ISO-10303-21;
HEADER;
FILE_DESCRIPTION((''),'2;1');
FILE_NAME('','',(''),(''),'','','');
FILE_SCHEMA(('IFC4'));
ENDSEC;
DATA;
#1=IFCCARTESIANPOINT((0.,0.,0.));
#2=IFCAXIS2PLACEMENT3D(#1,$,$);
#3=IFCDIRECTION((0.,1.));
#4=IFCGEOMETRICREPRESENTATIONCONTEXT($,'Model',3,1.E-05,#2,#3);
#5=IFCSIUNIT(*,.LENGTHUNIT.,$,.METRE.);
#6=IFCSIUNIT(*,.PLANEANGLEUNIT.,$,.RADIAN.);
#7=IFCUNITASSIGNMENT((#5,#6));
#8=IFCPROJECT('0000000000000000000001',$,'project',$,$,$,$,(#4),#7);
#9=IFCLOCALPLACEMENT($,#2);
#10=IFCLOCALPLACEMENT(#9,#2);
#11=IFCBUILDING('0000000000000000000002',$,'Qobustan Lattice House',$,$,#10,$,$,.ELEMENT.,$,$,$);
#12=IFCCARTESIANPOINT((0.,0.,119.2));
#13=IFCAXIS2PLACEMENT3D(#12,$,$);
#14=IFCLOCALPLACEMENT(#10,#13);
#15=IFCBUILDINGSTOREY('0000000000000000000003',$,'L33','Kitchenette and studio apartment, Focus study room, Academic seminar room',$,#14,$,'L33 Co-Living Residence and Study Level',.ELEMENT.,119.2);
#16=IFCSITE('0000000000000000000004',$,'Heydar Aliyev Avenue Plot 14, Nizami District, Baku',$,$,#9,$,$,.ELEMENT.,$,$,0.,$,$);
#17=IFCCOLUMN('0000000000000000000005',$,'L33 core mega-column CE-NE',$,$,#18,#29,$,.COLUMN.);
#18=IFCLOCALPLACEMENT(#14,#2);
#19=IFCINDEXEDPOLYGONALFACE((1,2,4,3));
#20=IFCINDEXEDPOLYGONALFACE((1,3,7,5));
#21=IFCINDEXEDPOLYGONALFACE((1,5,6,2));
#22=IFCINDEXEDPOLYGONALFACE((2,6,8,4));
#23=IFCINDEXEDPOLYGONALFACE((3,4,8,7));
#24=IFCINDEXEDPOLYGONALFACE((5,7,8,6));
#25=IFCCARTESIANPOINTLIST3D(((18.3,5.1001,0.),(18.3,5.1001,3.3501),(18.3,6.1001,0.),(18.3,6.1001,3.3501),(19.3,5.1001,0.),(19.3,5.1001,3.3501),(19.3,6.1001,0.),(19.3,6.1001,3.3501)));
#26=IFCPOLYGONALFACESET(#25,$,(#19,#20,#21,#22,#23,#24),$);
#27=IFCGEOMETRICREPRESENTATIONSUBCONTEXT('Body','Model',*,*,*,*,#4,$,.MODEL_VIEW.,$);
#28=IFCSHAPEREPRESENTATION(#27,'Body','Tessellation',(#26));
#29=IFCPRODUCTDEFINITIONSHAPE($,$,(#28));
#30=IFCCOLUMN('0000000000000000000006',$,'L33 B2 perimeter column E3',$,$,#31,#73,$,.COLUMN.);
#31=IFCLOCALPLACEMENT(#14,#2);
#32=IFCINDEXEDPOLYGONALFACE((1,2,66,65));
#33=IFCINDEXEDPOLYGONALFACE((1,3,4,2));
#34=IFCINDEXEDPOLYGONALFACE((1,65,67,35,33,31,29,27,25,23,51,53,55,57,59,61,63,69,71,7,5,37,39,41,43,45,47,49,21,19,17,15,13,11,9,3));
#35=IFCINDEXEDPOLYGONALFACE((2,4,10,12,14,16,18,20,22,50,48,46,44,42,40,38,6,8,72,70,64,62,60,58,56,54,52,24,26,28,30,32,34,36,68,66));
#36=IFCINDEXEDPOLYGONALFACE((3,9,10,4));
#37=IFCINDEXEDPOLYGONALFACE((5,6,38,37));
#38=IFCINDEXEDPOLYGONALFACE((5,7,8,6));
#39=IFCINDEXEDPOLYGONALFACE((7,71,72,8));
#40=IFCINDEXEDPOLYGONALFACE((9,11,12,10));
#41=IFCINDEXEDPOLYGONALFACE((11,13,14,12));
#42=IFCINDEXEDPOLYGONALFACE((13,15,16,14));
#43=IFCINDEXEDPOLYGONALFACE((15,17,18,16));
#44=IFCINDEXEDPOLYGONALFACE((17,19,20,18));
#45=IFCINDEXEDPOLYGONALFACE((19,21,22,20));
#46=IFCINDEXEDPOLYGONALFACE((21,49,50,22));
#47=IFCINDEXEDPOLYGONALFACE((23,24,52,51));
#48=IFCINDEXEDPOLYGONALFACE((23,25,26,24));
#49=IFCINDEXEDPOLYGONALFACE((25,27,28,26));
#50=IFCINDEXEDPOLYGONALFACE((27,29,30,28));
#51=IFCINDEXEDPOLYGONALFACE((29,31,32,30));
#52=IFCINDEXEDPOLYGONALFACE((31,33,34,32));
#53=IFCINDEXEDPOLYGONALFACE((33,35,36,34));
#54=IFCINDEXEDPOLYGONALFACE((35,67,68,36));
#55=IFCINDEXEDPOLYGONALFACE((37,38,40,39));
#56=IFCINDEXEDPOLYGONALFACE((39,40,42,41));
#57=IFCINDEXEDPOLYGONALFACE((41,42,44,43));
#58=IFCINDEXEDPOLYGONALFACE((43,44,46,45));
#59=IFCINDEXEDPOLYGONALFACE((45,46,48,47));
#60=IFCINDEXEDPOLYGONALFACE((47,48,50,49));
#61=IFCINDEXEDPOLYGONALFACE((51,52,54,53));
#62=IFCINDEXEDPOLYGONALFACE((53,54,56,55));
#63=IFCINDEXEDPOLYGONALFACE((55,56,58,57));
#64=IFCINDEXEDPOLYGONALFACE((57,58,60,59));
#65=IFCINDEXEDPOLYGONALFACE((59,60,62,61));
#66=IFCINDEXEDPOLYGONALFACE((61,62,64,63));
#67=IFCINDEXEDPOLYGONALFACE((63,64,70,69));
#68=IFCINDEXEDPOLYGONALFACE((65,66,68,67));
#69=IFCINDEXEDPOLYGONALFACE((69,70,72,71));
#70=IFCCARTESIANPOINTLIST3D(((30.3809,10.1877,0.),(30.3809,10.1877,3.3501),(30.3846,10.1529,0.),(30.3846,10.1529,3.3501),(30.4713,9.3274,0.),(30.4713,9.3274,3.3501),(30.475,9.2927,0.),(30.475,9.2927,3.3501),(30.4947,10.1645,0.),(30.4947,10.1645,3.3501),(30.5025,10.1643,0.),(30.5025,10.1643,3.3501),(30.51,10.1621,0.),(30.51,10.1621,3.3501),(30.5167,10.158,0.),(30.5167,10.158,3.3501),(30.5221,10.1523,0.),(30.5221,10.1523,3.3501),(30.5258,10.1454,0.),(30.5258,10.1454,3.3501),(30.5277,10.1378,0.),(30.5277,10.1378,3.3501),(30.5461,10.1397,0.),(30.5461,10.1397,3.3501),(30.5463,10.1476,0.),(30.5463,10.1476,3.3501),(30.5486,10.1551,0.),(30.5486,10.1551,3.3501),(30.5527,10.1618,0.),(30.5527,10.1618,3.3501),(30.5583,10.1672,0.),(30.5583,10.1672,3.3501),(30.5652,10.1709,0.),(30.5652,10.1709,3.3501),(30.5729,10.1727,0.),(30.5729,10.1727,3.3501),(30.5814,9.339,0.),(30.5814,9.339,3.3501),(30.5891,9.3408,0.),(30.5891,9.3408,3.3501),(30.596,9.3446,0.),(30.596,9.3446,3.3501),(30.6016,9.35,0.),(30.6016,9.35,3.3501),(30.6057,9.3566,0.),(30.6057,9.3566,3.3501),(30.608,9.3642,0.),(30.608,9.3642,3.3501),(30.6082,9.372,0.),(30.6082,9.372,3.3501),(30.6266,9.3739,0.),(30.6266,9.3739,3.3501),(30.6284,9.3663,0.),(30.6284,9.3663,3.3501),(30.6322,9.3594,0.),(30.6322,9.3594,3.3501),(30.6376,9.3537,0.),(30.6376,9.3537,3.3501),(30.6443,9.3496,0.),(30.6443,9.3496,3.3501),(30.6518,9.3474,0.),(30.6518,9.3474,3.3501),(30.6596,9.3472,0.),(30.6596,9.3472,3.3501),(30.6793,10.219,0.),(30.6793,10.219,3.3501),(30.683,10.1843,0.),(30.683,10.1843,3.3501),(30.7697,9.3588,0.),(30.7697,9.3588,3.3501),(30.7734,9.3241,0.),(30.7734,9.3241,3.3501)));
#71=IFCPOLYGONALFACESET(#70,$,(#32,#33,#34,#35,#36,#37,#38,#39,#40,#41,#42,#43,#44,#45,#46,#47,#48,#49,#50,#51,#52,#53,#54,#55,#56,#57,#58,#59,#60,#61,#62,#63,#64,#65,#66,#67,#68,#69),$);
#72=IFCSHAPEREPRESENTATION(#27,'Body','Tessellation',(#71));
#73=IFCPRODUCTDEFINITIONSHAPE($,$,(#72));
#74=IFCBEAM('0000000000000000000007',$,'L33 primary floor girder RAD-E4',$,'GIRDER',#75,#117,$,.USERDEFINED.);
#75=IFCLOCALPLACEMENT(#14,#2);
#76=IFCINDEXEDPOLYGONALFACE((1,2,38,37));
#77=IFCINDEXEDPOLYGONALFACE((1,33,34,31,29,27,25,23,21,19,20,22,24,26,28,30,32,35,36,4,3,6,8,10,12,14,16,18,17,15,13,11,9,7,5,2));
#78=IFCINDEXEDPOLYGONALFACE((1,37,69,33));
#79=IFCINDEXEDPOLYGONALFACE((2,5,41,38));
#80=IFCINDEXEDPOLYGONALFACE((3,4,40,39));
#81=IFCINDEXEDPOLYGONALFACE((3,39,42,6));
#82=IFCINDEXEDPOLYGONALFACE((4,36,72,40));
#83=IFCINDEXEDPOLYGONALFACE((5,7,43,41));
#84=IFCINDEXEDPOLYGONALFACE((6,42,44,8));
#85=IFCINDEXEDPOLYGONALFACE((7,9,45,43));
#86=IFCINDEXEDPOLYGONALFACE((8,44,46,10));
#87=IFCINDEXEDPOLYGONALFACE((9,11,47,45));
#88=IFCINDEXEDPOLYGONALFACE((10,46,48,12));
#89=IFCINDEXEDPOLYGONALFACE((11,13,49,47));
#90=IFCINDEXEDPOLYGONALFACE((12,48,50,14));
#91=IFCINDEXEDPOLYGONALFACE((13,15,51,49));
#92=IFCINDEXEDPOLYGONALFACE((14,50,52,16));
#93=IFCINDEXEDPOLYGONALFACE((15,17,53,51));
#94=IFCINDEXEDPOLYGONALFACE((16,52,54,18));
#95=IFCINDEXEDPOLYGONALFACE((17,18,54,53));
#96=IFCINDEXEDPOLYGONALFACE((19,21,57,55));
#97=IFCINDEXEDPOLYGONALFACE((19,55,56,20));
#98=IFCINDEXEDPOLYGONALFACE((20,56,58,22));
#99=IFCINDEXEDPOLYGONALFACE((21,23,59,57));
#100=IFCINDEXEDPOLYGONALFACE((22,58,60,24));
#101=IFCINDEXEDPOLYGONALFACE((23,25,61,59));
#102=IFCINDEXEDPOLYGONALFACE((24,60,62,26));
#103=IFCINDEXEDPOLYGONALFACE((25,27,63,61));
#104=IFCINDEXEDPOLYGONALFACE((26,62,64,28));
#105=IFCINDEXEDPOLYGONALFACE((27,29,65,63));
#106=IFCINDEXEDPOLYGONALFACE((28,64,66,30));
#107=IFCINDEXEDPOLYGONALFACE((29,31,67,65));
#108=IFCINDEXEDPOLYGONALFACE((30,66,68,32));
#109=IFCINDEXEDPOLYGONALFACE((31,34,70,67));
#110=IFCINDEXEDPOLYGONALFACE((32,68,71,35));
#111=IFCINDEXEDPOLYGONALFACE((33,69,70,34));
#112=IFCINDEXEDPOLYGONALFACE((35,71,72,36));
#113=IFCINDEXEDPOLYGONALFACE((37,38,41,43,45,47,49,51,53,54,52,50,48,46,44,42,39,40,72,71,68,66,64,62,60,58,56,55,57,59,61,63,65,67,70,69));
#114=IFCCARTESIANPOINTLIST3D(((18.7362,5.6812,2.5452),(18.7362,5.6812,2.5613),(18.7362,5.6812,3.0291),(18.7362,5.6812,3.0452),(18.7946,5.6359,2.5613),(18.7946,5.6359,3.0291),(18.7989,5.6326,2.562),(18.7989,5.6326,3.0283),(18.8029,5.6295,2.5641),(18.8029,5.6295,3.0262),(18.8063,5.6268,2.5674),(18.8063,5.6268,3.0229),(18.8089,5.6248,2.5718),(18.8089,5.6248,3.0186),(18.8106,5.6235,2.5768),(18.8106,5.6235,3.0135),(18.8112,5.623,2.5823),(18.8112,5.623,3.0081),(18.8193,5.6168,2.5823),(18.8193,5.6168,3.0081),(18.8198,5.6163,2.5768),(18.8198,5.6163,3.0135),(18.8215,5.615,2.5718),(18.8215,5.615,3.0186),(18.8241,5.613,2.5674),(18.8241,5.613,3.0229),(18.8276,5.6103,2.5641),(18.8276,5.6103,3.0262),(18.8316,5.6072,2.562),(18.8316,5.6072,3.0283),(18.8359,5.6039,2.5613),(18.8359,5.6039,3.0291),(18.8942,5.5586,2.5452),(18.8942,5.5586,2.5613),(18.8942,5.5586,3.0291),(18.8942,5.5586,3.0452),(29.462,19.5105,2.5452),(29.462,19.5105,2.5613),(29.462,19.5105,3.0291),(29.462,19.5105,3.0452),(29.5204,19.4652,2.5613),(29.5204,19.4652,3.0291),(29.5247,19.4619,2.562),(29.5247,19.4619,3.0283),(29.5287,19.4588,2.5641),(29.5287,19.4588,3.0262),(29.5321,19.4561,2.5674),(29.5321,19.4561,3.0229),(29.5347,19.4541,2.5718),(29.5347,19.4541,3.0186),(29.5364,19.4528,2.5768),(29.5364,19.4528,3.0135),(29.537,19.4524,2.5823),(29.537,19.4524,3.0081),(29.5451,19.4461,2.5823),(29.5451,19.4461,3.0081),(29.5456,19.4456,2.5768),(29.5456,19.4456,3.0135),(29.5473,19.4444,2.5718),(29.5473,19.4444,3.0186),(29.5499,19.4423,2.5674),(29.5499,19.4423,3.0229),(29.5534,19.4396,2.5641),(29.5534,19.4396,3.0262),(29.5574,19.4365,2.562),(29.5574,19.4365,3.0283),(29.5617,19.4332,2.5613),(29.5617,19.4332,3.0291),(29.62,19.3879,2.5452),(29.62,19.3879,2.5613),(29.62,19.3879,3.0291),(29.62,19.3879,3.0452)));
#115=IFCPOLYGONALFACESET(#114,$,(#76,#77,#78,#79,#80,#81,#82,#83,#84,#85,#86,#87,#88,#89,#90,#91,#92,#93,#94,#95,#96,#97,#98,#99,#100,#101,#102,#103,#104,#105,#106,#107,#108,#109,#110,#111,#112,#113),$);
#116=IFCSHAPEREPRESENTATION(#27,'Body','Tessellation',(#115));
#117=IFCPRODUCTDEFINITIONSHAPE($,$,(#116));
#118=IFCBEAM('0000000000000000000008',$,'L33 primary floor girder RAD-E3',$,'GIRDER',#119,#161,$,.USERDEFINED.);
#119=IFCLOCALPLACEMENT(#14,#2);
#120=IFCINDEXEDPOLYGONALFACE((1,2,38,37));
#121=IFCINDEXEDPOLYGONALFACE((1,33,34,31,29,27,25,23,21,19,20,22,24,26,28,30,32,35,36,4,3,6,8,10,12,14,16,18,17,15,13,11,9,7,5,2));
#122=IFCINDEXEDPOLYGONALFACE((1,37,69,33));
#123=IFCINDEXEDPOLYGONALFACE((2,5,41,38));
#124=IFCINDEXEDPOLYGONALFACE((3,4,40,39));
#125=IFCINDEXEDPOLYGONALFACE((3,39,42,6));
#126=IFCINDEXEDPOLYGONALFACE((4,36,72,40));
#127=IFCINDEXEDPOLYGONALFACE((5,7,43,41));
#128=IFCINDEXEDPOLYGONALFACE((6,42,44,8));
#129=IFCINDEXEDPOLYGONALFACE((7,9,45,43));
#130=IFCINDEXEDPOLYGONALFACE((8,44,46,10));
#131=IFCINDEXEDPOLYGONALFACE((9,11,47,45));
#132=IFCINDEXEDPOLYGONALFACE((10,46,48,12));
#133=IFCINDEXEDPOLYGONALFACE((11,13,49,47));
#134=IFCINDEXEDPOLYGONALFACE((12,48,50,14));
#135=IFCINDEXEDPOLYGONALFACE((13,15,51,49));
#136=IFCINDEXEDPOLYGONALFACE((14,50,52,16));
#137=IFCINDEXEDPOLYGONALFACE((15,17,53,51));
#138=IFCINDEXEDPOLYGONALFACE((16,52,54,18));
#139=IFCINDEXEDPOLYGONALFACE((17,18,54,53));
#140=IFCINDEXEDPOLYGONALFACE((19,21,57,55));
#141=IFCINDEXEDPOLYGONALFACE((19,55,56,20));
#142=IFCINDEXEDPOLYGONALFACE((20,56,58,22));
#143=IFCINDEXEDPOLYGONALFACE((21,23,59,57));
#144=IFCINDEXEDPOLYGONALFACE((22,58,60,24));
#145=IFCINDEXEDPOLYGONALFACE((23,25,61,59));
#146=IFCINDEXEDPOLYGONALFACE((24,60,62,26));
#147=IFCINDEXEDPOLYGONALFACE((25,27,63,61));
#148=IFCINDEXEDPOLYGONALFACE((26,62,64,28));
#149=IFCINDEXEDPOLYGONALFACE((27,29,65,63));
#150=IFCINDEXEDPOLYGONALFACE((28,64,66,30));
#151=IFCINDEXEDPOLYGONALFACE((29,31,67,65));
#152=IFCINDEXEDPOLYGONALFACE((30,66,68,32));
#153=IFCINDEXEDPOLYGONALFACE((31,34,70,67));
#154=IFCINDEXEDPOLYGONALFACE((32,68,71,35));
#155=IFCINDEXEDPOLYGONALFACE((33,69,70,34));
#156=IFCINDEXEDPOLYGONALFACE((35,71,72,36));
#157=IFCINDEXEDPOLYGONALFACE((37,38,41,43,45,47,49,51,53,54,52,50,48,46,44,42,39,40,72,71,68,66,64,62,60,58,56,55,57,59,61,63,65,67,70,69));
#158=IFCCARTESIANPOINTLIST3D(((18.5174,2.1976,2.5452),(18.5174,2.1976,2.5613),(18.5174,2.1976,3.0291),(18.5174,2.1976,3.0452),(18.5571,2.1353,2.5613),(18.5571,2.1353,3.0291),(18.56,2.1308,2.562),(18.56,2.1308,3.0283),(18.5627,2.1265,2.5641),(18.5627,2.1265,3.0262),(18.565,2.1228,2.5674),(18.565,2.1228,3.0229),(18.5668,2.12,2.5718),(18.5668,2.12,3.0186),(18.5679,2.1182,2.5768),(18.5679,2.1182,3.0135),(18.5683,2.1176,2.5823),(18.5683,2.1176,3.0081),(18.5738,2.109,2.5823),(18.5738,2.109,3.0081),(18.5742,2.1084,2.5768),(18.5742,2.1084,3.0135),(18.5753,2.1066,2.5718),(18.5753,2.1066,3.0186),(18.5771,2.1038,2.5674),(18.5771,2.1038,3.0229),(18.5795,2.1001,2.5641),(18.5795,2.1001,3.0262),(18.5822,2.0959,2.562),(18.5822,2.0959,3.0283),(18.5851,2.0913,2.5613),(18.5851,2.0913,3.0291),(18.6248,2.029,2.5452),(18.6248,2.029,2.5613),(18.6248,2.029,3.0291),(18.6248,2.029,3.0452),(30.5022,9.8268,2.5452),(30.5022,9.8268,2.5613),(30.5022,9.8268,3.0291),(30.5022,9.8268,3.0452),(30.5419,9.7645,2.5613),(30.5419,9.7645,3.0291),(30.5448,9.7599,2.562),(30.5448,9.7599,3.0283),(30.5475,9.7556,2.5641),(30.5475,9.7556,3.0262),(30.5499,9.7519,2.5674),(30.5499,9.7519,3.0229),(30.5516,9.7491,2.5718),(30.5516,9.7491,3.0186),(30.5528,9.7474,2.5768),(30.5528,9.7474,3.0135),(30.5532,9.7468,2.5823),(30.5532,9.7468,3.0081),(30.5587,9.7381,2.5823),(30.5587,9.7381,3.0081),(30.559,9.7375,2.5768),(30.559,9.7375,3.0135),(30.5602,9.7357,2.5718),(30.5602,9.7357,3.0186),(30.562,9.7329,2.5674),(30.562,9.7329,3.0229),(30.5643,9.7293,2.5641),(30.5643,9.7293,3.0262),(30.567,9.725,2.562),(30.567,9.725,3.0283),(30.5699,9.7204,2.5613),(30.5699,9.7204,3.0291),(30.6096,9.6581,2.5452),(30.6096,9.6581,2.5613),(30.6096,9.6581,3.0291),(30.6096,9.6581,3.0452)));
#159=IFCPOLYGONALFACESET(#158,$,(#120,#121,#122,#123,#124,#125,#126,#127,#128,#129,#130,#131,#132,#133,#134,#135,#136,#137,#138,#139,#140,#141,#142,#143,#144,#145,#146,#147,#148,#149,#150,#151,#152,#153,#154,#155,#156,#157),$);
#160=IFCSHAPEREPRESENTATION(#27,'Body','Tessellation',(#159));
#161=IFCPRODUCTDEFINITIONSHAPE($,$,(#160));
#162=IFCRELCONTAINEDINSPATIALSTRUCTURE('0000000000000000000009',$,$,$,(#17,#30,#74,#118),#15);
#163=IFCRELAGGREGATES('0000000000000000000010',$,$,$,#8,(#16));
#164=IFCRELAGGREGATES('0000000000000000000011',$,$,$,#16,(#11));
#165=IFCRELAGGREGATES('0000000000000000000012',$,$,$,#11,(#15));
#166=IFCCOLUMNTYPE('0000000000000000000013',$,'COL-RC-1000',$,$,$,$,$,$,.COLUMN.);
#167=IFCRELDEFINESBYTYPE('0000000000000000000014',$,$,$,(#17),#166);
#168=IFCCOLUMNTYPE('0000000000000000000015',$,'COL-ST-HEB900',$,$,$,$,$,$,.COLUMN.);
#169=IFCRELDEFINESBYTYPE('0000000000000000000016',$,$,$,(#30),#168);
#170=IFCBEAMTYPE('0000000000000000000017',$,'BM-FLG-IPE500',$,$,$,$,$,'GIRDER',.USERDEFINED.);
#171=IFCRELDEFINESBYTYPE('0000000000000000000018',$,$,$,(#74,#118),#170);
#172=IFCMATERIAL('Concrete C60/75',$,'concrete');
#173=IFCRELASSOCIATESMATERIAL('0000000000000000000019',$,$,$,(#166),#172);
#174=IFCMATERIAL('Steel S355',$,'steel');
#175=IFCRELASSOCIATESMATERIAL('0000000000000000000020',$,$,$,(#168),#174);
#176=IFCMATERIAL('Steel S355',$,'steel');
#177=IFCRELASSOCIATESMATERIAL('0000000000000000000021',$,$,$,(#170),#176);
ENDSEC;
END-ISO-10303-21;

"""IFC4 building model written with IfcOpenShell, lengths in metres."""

from ifc_helpers import new_model, si_unit, direction, frame, origin, origin_2d, place, context, subcontext, project, spatial, rectangle, i_section, extrude, material, material_profile, profile_set, type_object, element, save


model = new_model("IFC4")

# Units and contexts
model_context = context("Model", 3, precision=1e-05, world=origin(), true_north=direction((0.0, 1.0)))
body_context = subcontext(model_context, "Body", "Model", "MODEL_VIEW")
ifc_project = project(units=[si_unit("LENGTHUNIT", "METRE"), si_unit("PLANEANGLEUNIT", "RADIAN")], contexts=[model_context])

# Site, building, storey
site_placement = place(None, origin())
site = spatial("IfcSite", under=ifc_project, at=site_placement, Name="Heydar Aliyev Avenue Plot 14, Nizami District, Baku", CompositionType="ELEMENT", RefElevation=0.0)
building_placement = place(site_placement, origin())
building = spatial("IfcBuilding", under=site, at=building_placement, Name="Qobustan Lattice House", CompositionType="ELEMENT")
storey_placement = place(building_placement, frame((0.0, 0.0, 119.2)))
storey = spatial("IfcBuildingStorey", under=building, at=storey_placement, Name="L33", Description="Kitchenette and studio apartment, Focus study room, Academic seminar room", LongName="L33 Co-Living Residence and Study Level", CompositionType="ELEMENT", Elevation=119.2)

# Columns
ifc_material_1 = material(Name="Concrete C60/75", Category="concrete")
ifc_material_profile_1 = material_profile(ifc_material_1, rectangle(XDim=1.0, YDim=1.0, at=origin_2d()), Name="RC1000x1000")
ifc_profile_set_1 = profile_set([ifc_material_profile_1], Name="Concrete C60/75")
column_type_1 = type_object("IfcColumnType", Name="COL-RC-1000", PredefinedType="COLUMN", material=ifc_profile_set_1)
column_1_placement = place(storey_placement, frame((18.8, 5.6001, 0.0), z_axis=(0.0, 0.0, 1.0), x_axis=(1.0, 0.0, 0.0)))
element("IfcColumn", 1, at=column_1_placement, inside=storey, type_object=column_type_1, Name="L33 core mega-column CE-NE", PredefinedType="COLUMN", context=body_context, shape_type="SweptSolid", body=[
    extrude(rectangle(XDim=1.0, YDim=1.0, at=origin_2d()), origin(), (0.0, 0.0, 1.0), 3.3501),
])
ifc_material_2 = material(Name="Steel S355", Category="steel")
ifc_material_profile_2 = material_profile(ifc_material_2, i_section(OverallWidth=0.3, OverallDepth=0.8999, WebThickness=0.0186, FlangeThickness=0.0349, FilletRadius=0.03, at=origin_2d()), Name="HEB900")
ifc_profile_set_2 = profile_set([ifc_material_profile_2], Name="Steel S355")
column_type_2 = type_object("IfcColumnType", Name="COL-ST-HEB900", PredefinedType="COLUMN", material=ifc_profile_set_2)
column_2_placement = place(storey_placement, frame((30.5771, 9.7559, 0.0), z_axis=(0.0, 0.0, 1.0), x_axis=(0.994522, 0.104528, 0.0)))
element("IfcColumn", 2, at=column_2_placement, inside=storey, type_object=column_type_2, Name="L33 B2 perimeter column E3", PredefinedType="COLUMN", context=body_context, shape_type="SweptSolid", body=[
    extrude(i_section(OverallWidth=0.3, OverallDepth=0.8999, WebThickness=0.0186, FlangeThickness=0.0349, FilletRadius=0.03, at=origin_2d()), origin(), (0.0, 0.0, 1.0), 3.3501),
])

# Beams
ifc_material_3 = material(Name="Steel S355", Category="steel")
ifc_material_profile_3 = material_profile(ifc_material_3, i_section(OverallWidth=0.2, OverallDepth=0.5, WebThickness=0.0103, FlangeThickness=0.0161, FilletRadius=0.021, at=origin_2d()), Name="IPE500")
ifc_profile_set_3 = profile_set([ifc_material_profile_3], Name="Steel S355")
beam_type_1 = type_object("IfcBeamType", Name="BM-FLG-IPE500", ElementType="GIRDER", PredefinedType="USERDEFINED", material=ifc_profile_set_3)
beam_1_placement = place(storey_placement, frame((29.541, 19.4492, 2.7952), z_axis=(-0.61286, -0.790191, 0.0), x_axis=(0.790191, -0.61286, 0.0)))
element("IfcBeam", 3, at=beam_1_placement, inside=storey, type_object=beam_type_1, Name="L33 primary floor girder RAD-E4", ObjectType="GIRDER", PredefinedType="USERDEFINED", context=body_context, shape_type="SweptSolid", body=[
    extrude(i_section(OverallWidth=0.2, OverallDepth=0.5, WebThickness=0.0103, FlangeThickness=0.0161, FilletRadius=0.021, at=origin_2d()), origin(), (0.0, 0.0, 1.0), 17.5012),
])
beam_2_placement = place(storey_placement, frame((30.5559, 9.7424, 2.7952), z_axis=(-0.843584, -0.536997, 0.0), x_axis=(0.536997, -0.843584, 0.0)))
element("IfcBeam", 4, at=beam_2_placement, inside=storey, type_object=beam_type_1, Name="L33 primary floor girder RAD-E3", ObjectType="GIRDER", PredefinedType="USERDEFINED", context=body_context, shape_type="SweptSolid", body=[
    extrude(i_section(OverallWidth=0.2, OverallDepth=0.5, WebThickness=0.0103, FlangeThickness=0.0161, FilletRadius=0.021, at=origin_2d()), origin(), (0.0, 0.0, 1.0), 14.207),
])

save(model, "model.ifc")
